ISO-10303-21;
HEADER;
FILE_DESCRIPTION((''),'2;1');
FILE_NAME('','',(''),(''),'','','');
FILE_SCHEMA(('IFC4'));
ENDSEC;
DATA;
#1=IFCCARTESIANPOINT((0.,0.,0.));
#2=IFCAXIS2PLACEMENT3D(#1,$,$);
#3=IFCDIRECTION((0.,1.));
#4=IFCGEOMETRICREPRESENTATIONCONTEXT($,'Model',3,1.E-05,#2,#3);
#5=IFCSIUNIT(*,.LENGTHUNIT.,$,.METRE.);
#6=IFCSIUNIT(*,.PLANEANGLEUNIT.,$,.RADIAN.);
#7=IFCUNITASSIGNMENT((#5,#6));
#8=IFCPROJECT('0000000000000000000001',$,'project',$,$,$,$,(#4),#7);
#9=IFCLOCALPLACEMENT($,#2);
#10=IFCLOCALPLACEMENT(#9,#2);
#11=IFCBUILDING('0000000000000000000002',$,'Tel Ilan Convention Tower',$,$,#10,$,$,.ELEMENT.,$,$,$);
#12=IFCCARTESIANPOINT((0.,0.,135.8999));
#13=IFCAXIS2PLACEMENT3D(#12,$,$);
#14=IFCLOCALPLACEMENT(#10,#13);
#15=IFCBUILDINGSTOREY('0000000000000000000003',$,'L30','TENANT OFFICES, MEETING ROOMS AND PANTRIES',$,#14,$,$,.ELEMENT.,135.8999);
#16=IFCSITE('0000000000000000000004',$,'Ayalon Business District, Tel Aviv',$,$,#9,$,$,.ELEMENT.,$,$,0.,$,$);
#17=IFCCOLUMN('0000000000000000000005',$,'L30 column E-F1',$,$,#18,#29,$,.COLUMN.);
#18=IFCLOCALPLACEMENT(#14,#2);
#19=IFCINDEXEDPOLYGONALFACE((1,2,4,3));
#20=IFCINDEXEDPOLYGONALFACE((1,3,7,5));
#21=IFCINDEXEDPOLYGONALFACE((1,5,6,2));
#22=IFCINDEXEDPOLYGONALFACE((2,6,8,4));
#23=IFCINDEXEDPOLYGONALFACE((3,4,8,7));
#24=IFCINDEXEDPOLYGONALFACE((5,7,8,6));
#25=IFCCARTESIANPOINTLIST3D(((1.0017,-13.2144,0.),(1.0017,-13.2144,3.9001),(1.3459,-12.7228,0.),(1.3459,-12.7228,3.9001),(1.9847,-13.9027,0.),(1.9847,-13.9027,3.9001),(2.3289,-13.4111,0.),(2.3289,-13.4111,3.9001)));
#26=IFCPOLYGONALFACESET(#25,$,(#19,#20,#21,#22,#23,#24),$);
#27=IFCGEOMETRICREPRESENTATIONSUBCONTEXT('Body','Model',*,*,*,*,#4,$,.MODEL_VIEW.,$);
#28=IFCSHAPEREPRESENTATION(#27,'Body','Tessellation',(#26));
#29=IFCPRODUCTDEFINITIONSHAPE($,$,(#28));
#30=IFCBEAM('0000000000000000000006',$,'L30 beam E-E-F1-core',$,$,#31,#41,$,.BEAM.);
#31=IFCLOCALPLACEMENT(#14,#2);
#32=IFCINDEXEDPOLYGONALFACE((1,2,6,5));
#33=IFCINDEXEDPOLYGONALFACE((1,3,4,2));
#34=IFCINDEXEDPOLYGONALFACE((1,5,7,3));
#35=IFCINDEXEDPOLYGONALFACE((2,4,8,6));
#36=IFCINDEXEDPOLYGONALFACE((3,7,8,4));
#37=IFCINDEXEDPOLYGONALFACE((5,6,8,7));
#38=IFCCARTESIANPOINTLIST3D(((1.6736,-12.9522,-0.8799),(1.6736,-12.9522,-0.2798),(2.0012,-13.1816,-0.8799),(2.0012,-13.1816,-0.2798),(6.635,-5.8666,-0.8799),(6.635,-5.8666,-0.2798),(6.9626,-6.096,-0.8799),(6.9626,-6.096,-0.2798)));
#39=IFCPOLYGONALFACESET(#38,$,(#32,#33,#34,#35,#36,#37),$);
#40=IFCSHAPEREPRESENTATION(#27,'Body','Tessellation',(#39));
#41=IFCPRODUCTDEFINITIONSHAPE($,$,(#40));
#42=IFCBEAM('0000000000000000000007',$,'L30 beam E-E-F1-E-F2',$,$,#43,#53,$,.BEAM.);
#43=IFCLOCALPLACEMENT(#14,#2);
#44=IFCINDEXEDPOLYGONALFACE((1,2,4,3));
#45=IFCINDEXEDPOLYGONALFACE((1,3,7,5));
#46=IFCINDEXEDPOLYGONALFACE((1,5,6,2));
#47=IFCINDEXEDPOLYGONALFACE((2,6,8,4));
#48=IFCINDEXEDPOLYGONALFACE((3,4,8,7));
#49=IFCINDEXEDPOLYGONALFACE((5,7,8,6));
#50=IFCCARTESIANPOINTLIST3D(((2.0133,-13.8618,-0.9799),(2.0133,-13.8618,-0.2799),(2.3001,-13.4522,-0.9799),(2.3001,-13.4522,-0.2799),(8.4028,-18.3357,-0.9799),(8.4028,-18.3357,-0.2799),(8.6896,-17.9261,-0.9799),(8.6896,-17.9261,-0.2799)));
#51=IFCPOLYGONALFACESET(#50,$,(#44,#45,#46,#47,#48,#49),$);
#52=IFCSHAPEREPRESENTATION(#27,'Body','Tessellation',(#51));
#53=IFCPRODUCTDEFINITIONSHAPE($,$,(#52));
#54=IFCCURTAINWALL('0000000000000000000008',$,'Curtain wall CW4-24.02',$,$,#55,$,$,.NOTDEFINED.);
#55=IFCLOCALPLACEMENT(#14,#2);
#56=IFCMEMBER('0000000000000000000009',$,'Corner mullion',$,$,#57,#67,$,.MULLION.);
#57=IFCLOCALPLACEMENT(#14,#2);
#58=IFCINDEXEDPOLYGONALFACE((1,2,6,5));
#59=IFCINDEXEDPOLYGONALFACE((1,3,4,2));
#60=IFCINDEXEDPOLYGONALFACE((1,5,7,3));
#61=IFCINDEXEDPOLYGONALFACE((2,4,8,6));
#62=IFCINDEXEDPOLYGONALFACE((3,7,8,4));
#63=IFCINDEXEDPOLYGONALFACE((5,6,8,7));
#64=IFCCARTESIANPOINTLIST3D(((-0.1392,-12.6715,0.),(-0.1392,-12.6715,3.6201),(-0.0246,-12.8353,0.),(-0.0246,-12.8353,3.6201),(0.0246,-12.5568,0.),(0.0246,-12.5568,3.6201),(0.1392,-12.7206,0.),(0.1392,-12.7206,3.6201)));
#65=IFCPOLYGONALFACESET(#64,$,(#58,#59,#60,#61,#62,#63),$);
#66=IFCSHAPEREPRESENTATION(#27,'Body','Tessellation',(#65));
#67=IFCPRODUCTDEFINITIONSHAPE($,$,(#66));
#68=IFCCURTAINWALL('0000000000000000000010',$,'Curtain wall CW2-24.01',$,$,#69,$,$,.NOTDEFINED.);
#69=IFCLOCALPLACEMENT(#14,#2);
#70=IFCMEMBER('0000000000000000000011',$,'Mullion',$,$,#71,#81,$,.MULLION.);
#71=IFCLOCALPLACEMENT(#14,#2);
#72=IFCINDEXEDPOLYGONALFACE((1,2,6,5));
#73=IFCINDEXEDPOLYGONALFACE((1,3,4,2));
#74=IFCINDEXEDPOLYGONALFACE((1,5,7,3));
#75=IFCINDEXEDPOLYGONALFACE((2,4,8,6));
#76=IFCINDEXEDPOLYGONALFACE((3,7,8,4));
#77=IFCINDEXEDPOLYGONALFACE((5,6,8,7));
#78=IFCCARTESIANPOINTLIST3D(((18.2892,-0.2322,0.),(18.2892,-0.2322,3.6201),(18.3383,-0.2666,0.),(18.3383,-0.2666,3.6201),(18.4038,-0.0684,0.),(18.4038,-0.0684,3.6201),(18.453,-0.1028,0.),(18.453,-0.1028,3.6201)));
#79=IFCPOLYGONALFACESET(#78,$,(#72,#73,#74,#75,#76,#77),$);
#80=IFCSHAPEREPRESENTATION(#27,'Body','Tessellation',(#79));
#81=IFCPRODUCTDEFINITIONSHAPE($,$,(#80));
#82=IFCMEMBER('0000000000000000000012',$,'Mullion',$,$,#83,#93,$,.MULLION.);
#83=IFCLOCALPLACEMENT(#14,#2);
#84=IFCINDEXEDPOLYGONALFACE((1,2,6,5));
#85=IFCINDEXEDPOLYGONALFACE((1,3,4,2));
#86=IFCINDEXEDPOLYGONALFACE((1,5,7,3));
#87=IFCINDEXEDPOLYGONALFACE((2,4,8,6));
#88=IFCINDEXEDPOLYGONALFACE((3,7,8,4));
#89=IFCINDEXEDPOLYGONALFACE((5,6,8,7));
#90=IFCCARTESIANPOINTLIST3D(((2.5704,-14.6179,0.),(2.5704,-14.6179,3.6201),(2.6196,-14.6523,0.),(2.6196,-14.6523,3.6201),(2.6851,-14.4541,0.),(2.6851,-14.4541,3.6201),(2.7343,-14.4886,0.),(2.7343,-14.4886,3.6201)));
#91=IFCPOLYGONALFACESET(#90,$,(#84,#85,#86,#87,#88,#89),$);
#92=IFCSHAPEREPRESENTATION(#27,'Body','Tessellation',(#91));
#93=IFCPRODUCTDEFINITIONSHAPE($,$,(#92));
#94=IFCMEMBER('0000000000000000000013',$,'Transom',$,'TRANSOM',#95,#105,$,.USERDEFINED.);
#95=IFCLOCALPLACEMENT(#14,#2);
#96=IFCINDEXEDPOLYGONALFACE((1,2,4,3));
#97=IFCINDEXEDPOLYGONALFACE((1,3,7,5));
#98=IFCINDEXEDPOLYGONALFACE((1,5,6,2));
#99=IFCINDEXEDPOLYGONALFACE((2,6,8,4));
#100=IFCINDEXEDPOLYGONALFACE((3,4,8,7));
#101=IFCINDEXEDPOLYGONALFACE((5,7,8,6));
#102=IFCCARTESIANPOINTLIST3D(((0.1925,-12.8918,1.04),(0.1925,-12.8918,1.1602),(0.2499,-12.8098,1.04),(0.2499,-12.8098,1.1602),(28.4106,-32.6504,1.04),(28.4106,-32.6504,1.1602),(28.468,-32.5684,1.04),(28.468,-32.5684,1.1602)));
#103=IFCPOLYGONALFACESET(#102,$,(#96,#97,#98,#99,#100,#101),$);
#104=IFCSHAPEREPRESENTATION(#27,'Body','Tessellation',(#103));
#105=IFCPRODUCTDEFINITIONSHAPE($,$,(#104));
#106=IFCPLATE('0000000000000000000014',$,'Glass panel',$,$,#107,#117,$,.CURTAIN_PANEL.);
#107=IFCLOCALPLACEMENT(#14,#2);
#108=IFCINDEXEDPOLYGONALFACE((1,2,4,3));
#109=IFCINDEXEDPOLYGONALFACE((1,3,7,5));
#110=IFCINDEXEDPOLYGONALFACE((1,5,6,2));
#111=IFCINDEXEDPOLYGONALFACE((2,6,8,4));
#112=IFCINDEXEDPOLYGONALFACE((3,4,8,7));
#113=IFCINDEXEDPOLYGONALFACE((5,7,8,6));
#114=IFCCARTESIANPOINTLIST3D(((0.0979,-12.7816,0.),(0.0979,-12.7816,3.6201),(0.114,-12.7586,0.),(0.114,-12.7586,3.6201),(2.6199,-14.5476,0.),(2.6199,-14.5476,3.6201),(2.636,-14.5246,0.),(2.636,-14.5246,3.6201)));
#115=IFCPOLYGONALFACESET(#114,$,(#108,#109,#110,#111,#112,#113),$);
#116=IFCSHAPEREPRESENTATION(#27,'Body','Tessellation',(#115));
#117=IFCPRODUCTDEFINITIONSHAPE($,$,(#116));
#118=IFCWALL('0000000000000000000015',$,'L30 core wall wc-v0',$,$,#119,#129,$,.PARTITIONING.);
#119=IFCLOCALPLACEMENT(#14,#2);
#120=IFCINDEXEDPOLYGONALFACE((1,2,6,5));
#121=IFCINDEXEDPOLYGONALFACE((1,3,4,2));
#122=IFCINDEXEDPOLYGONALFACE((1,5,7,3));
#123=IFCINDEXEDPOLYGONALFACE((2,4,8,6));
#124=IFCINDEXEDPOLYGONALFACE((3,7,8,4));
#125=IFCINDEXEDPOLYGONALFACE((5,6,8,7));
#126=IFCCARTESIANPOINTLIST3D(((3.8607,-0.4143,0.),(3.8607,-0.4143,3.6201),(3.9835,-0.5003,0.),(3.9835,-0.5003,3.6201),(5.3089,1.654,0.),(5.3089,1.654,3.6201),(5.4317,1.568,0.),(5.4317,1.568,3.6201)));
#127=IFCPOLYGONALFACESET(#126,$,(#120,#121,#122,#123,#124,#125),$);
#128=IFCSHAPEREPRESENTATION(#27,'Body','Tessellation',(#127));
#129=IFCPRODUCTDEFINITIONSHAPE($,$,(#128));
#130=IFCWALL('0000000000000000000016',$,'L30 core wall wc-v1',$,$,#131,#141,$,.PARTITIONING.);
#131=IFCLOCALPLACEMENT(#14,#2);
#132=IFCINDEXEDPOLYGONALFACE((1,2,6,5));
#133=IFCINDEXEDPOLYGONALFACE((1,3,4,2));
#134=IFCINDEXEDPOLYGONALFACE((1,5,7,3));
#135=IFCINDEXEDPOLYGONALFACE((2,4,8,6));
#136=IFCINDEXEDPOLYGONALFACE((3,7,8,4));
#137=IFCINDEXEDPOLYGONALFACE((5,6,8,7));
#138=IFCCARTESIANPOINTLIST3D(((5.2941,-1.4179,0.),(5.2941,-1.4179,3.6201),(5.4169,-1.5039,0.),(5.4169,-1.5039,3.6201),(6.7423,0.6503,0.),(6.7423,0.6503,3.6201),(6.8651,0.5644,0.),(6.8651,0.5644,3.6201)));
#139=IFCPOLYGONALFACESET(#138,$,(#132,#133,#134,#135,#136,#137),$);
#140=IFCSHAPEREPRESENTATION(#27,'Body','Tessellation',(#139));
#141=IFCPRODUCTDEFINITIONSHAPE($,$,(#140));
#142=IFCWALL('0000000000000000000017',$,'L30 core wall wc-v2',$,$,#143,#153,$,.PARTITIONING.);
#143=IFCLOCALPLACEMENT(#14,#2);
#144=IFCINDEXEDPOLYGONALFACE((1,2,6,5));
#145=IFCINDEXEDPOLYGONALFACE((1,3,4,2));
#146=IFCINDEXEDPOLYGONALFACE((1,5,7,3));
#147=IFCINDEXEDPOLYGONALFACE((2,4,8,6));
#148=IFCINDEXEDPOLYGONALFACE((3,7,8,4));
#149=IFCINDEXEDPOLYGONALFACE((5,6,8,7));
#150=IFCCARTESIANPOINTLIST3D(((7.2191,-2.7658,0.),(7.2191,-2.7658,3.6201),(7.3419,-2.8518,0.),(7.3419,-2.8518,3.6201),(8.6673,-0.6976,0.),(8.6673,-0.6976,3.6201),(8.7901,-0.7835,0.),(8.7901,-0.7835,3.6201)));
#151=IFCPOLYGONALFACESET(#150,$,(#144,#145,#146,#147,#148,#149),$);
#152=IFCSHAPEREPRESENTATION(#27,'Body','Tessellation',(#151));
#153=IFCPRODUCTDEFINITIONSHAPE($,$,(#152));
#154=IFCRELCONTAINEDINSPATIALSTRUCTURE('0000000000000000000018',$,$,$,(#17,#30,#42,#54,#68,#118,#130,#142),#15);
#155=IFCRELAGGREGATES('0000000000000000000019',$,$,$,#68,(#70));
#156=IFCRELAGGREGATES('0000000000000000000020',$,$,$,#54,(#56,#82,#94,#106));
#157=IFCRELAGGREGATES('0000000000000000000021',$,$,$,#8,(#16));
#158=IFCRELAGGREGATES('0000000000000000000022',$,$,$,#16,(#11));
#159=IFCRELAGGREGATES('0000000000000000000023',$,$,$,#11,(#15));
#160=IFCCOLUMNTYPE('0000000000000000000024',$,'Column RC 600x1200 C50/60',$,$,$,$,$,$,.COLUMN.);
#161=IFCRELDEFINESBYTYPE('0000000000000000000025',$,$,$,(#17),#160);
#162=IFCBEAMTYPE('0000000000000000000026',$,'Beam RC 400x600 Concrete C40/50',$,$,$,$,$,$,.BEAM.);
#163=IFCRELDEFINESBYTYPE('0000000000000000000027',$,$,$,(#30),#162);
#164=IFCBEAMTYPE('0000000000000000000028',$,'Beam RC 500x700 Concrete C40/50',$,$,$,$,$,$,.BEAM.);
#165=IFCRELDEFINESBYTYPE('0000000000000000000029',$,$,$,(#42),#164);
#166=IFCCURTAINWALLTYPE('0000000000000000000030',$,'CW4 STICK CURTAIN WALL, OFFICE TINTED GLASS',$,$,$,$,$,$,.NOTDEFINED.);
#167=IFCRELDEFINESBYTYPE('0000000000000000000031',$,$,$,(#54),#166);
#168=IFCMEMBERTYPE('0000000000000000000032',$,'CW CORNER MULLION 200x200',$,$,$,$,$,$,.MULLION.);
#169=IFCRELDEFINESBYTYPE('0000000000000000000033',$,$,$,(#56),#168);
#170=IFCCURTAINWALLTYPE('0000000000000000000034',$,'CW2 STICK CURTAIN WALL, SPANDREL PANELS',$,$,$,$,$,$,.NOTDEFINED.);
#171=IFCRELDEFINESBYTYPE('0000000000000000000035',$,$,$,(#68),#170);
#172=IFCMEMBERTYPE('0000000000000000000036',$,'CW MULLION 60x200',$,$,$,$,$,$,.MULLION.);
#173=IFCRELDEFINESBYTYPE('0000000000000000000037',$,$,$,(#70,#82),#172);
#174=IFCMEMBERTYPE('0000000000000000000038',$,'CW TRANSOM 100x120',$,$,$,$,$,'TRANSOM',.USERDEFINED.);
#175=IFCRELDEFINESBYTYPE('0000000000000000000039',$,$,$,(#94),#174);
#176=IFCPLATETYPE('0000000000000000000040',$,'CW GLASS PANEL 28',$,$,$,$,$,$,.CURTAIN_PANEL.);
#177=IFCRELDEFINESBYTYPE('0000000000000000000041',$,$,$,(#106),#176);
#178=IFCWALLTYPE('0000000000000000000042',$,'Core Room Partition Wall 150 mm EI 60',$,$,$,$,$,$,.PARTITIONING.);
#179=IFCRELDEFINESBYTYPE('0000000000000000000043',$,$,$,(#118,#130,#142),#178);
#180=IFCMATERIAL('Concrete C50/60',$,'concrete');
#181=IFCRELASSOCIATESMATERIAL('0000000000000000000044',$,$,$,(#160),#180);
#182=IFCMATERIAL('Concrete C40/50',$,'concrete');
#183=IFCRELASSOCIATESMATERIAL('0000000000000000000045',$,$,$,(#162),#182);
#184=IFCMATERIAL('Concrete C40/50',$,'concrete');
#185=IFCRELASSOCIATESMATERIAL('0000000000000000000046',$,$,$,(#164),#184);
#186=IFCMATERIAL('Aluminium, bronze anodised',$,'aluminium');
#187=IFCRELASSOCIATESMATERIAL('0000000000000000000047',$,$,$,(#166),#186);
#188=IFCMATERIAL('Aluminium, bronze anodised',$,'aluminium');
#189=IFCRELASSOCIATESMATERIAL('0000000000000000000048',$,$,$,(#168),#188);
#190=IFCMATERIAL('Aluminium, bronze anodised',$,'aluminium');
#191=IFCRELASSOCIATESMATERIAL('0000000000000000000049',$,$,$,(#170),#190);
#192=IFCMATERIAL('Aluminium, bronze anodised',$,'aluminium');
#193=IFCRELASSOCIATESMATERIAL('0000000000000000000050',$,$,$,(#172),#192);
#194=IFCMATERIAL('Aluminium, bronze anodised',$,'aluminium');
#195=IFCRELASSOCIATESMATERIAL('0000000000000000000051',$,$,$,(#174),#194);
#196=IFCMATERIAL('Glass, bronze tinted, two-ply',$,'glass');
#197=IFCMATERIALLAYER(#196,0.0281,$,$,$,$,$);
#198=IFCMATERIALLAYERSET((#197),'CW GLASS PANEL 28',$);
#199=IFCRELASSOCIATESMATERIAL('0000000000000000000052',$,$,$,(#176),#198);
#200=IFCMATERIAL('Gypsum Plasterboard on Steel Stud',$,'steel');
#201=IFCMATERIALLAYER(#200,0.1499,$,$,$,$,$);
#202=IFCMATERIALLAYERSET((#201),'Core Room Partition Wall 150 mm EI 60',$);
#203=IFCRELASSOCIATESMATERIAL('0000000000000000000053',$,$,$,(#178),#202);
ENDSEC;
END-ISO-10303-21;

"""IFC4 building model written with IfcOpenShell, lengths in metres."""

from ifc_helpers import new_model, si_unit, direction, frame, frame_2d, origin, origin_2d, place, context, subcontext, project, spatial, rectangle, extrude, material, layer, layer_set, material_profile, profile_set, type_object, element, aggregate, save


model = new_model("IFC4")

# Units and contexts
model_context = context("Model", 3, precision=1e-05, world=origin(), true_north=direction((0.0, 1.0)))
body_context = subcontext(model_context, "Body", "Model", "MODEL_VIEW")
ifc_project = project(units=[si_unit("LENGTHUNIT", "METRE"), si_unit("PLANEANGLEUNIT", "RADIAN")], contexts=[model_context])

# Site, building, storey
site_placement = place(None, origin())
site = spatial("IfcSite", under=ifc_project, at=site_placement, Name="Ayalon Business District, Tel Aviv", CompositionType="ELEMENT", RefElevation=0.0)
building_placement = place(site_placement, origin())
building = spatial("IfcBuilding", under=site, at=building_placement, Name="Tel Ilan Convention Tower", CompositionType="ELEMENT")
storey_placement = place(building_placement, frame((0.0, 0.0, 135.8999)))
storey = spatial("IfcBuildingStorey", under=building, at=storey_placement, Name="L30", Description="TENANT OFFICES, MEETING ROOMS AND PANTRIES", CompositionType="ELEMENT", Elevation=135.8999)

# Column
ifc_material_1 = material(Name="Concrete C50/60", Category="concrete")
ifc_material_profile_1 = material_profile(ifc_material_1, rectangle(XDim=1.2, YDim=0.6001, at=origin_2d()), Name="RC 600x1200")
ifc_profile_set_1 = profile_set([ifc_material_profile_1], Name="Concrete C50/60")
column_type = type_object("IfcColumnType", Name="Column RC 600x1200 C50/60", PredefinedType="COLUMN", material=ifc_profile_set_1)
column_placement = place(storey_placement, frame((1.6653, -13.3127, 0.0), z_axis=(0.0, 0.0, 1.0), x_axis=(0.819152, -0.573576, 0.0)))
element("IfcColumn", 1, at=column_placement, inside=storey, type_object=column_type, Name="L30 column E-F1", PredefinedType="COLUMN", context=body_context, shape_type="SweptSolid", body=[
    extrude(rectangle(XDim=1.2, YDim=0.6001, at=origin_2d()), origin(), (0.0, 0.0, 1.0), 3.9001),
])

# Beams
ifc_material_2 = material(Name="Concrete C40/50", Category="concrete")
ifc_material_profile_2 = material_profile(ifc_material_2, rectangle(XDim=0.3999, YDim=0.6001, at=origin_2d()), Name="RC 400x600")
ifc_profile_set_2 = profile_set([ifc_material_profile_2], Name="Concrete C40/50")
beam_type_1 = type_object("IfcBeamType", Name="Beam RC 400x600 Concrete C40/50", PredefinedType="BEAM", material=ifc_profile_set_2)
beam_1_placement = place(storey_placement, frame((1.8374, -13.0669, -0.5798), z_axis=(0.573574, 0.819154, 0.0), x_axis=(-0.819154, 0.573574, 0.0)))
element("IfcBeam", 2, at=beam_1_placement, inside=storey, type_object=beam_type_1, Name="L30 beam E-E-F1-core", PredefinedType="BEAM", context=body_context, shape_type="SweptSolid", body=[
    extrude(rectangle(XDim=0.3999, YDim=0.6001, at=origin_2d()), origin(), (0.0, 0.0, 1.0), 8.6499),
])
ifc_material_3 = material(Name="Concrete C40/50", Category="concrete")
ifc_material_profile_3 = material_profile(ifc_material_3, rectangle(XDim=0.5, YDim=0.7, at=origin_2d()), Name="RC 500x700")
ifc_profile_set_3 = profile_set([ifc_material_profile_3], Name="Concrete C40/50")
beam_type_2 = type_object("IfcBeamType", Name="Beam RC 500x700 Concrete C40/50", PredefinedType="BEAM", material=ifc_profile_set_3)
beam_2_placement = place(storey_placement, frame((2.1567, -13.657, -0.6299), z_axis=(0.819154, -0.573574, 0.0), x_axis=(0.573574, 0.819154, 0.0)))
element("IfcBeam", 3, at=beam_2_placement, inside=storey, type_object=beam_type_2, Name="L30 beam E-E-F1-E-F2", PredefinedType="BEAM", context=body_context, shape_type="SweptSolid", body=[
    extrude(rectangle(XDim=0.5, YDim=0.7, at=origin_2d()), origin(), (0.0, 0.0, 1.0), 7.8),
])

# Curtain walls, members
ifc_material_4 = material(Name="Aluminium, bronze anodised", Category="aluminium")
curtain_wall_type_1 = type_object("IfcCurtainWallType", Name="CW4 STICK CURTAIN WALL, OFFICE TINTED GLASS", PredefinedType="NOTDEFINED", material=ifc_material_4)
curtain_wall_1_placement = place(storey_placement, origin())
curtain_wall_1 = element("IfcCurtainWall", 4, at=curtain_wall_1_placement, inside=storey, type_object=curtain_wall_type_1, Name="Curtain wall CW4-24.02", PredefinedType="NOTDEFINED")
ifc_material_5 = material(Name="Aluminium, bronze anodised", Category="aluminium")
ifc_material_profile_4 = material_profile(ifc_material_5, rectangle(XDim=0.2, YDim=0.2, at=origin_2d()), Name="CW CORNER MULLION 200x200")
ifc_profile_set_4 = profile_set([ifc_material_profile_4], Name="Aluminium, bronze anodised")
member_type_1 = type_object("IfcMemberType", Name="CW CORNER MULLION 200x200", PredefinedType="MULLION", material=ifc_profile_set_4)
member_1_placement = place(storey_placement, frame((0.0, -12.696, 0.0), z_axis=(0.0, 0.0, 1.0), x_axis=(0.819152, 0.573576, 0.0)))
member_1 = element("IfcMember", 5, at=member_1_placement, type_object=member_type_1, Name="Corner mullion", PredefinedType="MULLION", context=body_context, shape_type="SweptSolid", body=[
    extrude(rectangle(XDim=0.2, YDim=0.2, at=origin_2d()), origin(), (0.0, 0.0, 1.0), 3.6201),
])
ifc_material_6 = material(Name="Aluminium, bronze anodised", Category="aluminium")
curtain_wall_type_2 = type_object("IfcCurtainWallType", Name="CW2 STICK CURTAIN WALL, SPANDREL PANELS", PredefinedType="NOTDEFINED", material=ifc_material_6)
curtain_wall_2_placement = place(storey_placement, origin())
curtain_wall_2 = element("IfcCurtainWall", 6, at=curtain_wall_2_placement, inside=storey, type_object=curtain_wall_type_2, Name="Curtain wall CW2-24.01", PredefinedType="NOTDEFINED")
ifc_material_7 = material(Name="Aluminium, bronze anodised", Category="aluminium")
ifc_material_profile_5 = material_profile(ifc_material_7, rectangle(XDim=0.0601, YDim=0.2, at=origin_2d()), Name="CW MULLION 60x200")
ifc_profile_set_5 = profile_set([ifc_material_profile_5], Name="Aluminium, bronze anodised")
member_type_2 = type_object("IfcMemberType", Name="CW MULLION 60x200", PredefinedType="MULLION", material=ifc_profile_set_5)
member_2_placement = place(storey_placement, frame((18.3711, -0.1675, 0.0), z_axis=(0.0, 0.0, 1.0), x_axis=(-0.819152, 0.573576, 0.0)))
member_2 = element("IfcMember", 7, at=member_2_placement, type_object=member_type_2, Name="Mullion", PredefinedType="MULLION", context=body_context, shape_type="SweptSolid", body=[
    extrude(rectangle(XDim=0.0601, YDim=0.2, at=origin_2d()), origin(), (0.0, 0.0, 1.0), 3.6201),
])
aggregate(curtain_wall_2, [member_2])

# Members
member_3_placement = place(storey_placement, frame((2.6523, -14.5532, 0.0), z_axis=(0.0, 0.0, 1.0), x_axis=(0.819152, -0.573576, 0.0)))
member_3 = element("IfcMember", 8, at=member_3_placement, type_object=member_type_2, Name="Mullion", PredefinedType="MULLION", context=body_context, shape_type="SweptSolid", body=[
    extrude(rectangle(XDim=0.0601, YDim=0.2, at=origin_2d()), origin(), (0.0, 0.0, 1.0), 3.6201),
])
ifc_material_8 = material(Name="Aluminium, bronze anodised", Category="aluminium")
ifc_material_profile_6 = material_profile(ifc_material_8, rectangle(XDim=0.1001, YDim=0.1201, at=origin_2d()), Name="CW TRANSOM 100x120")
ifc_profile_set_6 = profile_set([ifc_material_profile_6], Name="Aluminium, bronze anodised")
member_type_3 = type_object("IfcMemberType", Name="CW TRANSOM 100x120", ElementType="TRANSOM", PredefinedType="USERDEFINED", material=ifc_profile_set_6)
member_4_placement = place(storey_placement, frame((0.2212, -12.8508, 1.1001), z_axis=(0.819151, -0.573578, 0.0), x_axis=(0.573578, 0.819151, 0.0)))
member_4 = element("IfcMember", 9, at=member_4_placement, type_object=member_type_3, Name="Transom", ObjectType="TRANSOM", PredefinedType="USERDEFINED", context=body_context, shape_type="SweptSolid", body=[
    extrude(rectangle(XDim=0.1001, YDim=0.1201, at=origin_2d()), origin(), (0.0, 0.0, 1.0), 34.448),
])

# Plate
ifc_material_9 = material(Name="Glass, bronze tinted, two-ply", Category="glass")
ifc_layer_1 = layer(ifc_material_9, 0.0281)
ifc_layer_set_1 = layer_set([ifc_layer_1], Name="CW GLASS PANEL 28")
plate_type = type_object("IfcPlateType", Name="CW GLASS PANEL 28", PredefinedType="CURTAIN_PANEL", material=ifc_layer_set_1)
plate_placement = place(storey_placement, frame((1.3669, -13.6531, 0.0), z_axis=(0.0, 0.0, 1.0), x_axis=(0.819152, -0.573576, 0.0)))
plate = element("IfcPlate", 10, at=plate_placement, type_object=plate_type, Name="Glass panel", PredefinedType="CURTAIN_PANEL", context=body_context, shape_type="SweptSolid", body=[
    extrude(rectangle(XDim=3.0789, YDim=0.0281, at=origin_2d()), origin(), (0.0, 0.0, 1.0), 3.6201),
])
aggregate(curtain_wall_1, [member_1, member_3, member_4, plate])

# Walls
ifc_material_10 = material(Name="Gypsum Plasterboard on Steel Stud", Category="steel")
ifc_layer_2 = layer(ifc_material_10, 0.1499)
ifc_layer_set_2 = layer_set([ifc_layer_2], Name="Core Room Partition Wall 150 mm EI 60")
wall_type_1 = type_object("IfcWallType", Name="Core Room Partition Wall 150 mm EI 60", PredefinedType="PARTITIONING", material=ifc_layer_set_2)
for number, where, z_axis, x_axis, name in (
    (11, (3.9221, -0.4573, 0.0), (0.0, 0.0, 1.0), (0.573566, 0.819159, 0.0), "L30 core wall wc-v0"),
    (12, (5.3555, -1.4609, 0.0), (0.0, 0.0, 1.0), (0.573566, 0.819159, 0.0), "L30 core wall wc-v1"),
    (13, (7.2805, -2.8088, 0.0), (0.0, 0.0, 1.0), (0.573566, 0.819159, 0.0), "L30 core wall wc-v2"),
):
    element("IfcWall", number, at=place(storey_placement, frame(where, z_axis=z_axis, x_axis=x_axis)), inside=storey, type_object=wall_type_1, Name=name, PredefinedType="PARTITIONING", context=body_context, shape_type="SweptSolid", body=[
        extrude(rectangle(XDim=2.5249, YDim=0.1499, at=frame_2d((1.2625, 0.0))), origin(), (0.0, 0.0, 1.0), 3.6201),
    ])

save(model, "model.ifc")
